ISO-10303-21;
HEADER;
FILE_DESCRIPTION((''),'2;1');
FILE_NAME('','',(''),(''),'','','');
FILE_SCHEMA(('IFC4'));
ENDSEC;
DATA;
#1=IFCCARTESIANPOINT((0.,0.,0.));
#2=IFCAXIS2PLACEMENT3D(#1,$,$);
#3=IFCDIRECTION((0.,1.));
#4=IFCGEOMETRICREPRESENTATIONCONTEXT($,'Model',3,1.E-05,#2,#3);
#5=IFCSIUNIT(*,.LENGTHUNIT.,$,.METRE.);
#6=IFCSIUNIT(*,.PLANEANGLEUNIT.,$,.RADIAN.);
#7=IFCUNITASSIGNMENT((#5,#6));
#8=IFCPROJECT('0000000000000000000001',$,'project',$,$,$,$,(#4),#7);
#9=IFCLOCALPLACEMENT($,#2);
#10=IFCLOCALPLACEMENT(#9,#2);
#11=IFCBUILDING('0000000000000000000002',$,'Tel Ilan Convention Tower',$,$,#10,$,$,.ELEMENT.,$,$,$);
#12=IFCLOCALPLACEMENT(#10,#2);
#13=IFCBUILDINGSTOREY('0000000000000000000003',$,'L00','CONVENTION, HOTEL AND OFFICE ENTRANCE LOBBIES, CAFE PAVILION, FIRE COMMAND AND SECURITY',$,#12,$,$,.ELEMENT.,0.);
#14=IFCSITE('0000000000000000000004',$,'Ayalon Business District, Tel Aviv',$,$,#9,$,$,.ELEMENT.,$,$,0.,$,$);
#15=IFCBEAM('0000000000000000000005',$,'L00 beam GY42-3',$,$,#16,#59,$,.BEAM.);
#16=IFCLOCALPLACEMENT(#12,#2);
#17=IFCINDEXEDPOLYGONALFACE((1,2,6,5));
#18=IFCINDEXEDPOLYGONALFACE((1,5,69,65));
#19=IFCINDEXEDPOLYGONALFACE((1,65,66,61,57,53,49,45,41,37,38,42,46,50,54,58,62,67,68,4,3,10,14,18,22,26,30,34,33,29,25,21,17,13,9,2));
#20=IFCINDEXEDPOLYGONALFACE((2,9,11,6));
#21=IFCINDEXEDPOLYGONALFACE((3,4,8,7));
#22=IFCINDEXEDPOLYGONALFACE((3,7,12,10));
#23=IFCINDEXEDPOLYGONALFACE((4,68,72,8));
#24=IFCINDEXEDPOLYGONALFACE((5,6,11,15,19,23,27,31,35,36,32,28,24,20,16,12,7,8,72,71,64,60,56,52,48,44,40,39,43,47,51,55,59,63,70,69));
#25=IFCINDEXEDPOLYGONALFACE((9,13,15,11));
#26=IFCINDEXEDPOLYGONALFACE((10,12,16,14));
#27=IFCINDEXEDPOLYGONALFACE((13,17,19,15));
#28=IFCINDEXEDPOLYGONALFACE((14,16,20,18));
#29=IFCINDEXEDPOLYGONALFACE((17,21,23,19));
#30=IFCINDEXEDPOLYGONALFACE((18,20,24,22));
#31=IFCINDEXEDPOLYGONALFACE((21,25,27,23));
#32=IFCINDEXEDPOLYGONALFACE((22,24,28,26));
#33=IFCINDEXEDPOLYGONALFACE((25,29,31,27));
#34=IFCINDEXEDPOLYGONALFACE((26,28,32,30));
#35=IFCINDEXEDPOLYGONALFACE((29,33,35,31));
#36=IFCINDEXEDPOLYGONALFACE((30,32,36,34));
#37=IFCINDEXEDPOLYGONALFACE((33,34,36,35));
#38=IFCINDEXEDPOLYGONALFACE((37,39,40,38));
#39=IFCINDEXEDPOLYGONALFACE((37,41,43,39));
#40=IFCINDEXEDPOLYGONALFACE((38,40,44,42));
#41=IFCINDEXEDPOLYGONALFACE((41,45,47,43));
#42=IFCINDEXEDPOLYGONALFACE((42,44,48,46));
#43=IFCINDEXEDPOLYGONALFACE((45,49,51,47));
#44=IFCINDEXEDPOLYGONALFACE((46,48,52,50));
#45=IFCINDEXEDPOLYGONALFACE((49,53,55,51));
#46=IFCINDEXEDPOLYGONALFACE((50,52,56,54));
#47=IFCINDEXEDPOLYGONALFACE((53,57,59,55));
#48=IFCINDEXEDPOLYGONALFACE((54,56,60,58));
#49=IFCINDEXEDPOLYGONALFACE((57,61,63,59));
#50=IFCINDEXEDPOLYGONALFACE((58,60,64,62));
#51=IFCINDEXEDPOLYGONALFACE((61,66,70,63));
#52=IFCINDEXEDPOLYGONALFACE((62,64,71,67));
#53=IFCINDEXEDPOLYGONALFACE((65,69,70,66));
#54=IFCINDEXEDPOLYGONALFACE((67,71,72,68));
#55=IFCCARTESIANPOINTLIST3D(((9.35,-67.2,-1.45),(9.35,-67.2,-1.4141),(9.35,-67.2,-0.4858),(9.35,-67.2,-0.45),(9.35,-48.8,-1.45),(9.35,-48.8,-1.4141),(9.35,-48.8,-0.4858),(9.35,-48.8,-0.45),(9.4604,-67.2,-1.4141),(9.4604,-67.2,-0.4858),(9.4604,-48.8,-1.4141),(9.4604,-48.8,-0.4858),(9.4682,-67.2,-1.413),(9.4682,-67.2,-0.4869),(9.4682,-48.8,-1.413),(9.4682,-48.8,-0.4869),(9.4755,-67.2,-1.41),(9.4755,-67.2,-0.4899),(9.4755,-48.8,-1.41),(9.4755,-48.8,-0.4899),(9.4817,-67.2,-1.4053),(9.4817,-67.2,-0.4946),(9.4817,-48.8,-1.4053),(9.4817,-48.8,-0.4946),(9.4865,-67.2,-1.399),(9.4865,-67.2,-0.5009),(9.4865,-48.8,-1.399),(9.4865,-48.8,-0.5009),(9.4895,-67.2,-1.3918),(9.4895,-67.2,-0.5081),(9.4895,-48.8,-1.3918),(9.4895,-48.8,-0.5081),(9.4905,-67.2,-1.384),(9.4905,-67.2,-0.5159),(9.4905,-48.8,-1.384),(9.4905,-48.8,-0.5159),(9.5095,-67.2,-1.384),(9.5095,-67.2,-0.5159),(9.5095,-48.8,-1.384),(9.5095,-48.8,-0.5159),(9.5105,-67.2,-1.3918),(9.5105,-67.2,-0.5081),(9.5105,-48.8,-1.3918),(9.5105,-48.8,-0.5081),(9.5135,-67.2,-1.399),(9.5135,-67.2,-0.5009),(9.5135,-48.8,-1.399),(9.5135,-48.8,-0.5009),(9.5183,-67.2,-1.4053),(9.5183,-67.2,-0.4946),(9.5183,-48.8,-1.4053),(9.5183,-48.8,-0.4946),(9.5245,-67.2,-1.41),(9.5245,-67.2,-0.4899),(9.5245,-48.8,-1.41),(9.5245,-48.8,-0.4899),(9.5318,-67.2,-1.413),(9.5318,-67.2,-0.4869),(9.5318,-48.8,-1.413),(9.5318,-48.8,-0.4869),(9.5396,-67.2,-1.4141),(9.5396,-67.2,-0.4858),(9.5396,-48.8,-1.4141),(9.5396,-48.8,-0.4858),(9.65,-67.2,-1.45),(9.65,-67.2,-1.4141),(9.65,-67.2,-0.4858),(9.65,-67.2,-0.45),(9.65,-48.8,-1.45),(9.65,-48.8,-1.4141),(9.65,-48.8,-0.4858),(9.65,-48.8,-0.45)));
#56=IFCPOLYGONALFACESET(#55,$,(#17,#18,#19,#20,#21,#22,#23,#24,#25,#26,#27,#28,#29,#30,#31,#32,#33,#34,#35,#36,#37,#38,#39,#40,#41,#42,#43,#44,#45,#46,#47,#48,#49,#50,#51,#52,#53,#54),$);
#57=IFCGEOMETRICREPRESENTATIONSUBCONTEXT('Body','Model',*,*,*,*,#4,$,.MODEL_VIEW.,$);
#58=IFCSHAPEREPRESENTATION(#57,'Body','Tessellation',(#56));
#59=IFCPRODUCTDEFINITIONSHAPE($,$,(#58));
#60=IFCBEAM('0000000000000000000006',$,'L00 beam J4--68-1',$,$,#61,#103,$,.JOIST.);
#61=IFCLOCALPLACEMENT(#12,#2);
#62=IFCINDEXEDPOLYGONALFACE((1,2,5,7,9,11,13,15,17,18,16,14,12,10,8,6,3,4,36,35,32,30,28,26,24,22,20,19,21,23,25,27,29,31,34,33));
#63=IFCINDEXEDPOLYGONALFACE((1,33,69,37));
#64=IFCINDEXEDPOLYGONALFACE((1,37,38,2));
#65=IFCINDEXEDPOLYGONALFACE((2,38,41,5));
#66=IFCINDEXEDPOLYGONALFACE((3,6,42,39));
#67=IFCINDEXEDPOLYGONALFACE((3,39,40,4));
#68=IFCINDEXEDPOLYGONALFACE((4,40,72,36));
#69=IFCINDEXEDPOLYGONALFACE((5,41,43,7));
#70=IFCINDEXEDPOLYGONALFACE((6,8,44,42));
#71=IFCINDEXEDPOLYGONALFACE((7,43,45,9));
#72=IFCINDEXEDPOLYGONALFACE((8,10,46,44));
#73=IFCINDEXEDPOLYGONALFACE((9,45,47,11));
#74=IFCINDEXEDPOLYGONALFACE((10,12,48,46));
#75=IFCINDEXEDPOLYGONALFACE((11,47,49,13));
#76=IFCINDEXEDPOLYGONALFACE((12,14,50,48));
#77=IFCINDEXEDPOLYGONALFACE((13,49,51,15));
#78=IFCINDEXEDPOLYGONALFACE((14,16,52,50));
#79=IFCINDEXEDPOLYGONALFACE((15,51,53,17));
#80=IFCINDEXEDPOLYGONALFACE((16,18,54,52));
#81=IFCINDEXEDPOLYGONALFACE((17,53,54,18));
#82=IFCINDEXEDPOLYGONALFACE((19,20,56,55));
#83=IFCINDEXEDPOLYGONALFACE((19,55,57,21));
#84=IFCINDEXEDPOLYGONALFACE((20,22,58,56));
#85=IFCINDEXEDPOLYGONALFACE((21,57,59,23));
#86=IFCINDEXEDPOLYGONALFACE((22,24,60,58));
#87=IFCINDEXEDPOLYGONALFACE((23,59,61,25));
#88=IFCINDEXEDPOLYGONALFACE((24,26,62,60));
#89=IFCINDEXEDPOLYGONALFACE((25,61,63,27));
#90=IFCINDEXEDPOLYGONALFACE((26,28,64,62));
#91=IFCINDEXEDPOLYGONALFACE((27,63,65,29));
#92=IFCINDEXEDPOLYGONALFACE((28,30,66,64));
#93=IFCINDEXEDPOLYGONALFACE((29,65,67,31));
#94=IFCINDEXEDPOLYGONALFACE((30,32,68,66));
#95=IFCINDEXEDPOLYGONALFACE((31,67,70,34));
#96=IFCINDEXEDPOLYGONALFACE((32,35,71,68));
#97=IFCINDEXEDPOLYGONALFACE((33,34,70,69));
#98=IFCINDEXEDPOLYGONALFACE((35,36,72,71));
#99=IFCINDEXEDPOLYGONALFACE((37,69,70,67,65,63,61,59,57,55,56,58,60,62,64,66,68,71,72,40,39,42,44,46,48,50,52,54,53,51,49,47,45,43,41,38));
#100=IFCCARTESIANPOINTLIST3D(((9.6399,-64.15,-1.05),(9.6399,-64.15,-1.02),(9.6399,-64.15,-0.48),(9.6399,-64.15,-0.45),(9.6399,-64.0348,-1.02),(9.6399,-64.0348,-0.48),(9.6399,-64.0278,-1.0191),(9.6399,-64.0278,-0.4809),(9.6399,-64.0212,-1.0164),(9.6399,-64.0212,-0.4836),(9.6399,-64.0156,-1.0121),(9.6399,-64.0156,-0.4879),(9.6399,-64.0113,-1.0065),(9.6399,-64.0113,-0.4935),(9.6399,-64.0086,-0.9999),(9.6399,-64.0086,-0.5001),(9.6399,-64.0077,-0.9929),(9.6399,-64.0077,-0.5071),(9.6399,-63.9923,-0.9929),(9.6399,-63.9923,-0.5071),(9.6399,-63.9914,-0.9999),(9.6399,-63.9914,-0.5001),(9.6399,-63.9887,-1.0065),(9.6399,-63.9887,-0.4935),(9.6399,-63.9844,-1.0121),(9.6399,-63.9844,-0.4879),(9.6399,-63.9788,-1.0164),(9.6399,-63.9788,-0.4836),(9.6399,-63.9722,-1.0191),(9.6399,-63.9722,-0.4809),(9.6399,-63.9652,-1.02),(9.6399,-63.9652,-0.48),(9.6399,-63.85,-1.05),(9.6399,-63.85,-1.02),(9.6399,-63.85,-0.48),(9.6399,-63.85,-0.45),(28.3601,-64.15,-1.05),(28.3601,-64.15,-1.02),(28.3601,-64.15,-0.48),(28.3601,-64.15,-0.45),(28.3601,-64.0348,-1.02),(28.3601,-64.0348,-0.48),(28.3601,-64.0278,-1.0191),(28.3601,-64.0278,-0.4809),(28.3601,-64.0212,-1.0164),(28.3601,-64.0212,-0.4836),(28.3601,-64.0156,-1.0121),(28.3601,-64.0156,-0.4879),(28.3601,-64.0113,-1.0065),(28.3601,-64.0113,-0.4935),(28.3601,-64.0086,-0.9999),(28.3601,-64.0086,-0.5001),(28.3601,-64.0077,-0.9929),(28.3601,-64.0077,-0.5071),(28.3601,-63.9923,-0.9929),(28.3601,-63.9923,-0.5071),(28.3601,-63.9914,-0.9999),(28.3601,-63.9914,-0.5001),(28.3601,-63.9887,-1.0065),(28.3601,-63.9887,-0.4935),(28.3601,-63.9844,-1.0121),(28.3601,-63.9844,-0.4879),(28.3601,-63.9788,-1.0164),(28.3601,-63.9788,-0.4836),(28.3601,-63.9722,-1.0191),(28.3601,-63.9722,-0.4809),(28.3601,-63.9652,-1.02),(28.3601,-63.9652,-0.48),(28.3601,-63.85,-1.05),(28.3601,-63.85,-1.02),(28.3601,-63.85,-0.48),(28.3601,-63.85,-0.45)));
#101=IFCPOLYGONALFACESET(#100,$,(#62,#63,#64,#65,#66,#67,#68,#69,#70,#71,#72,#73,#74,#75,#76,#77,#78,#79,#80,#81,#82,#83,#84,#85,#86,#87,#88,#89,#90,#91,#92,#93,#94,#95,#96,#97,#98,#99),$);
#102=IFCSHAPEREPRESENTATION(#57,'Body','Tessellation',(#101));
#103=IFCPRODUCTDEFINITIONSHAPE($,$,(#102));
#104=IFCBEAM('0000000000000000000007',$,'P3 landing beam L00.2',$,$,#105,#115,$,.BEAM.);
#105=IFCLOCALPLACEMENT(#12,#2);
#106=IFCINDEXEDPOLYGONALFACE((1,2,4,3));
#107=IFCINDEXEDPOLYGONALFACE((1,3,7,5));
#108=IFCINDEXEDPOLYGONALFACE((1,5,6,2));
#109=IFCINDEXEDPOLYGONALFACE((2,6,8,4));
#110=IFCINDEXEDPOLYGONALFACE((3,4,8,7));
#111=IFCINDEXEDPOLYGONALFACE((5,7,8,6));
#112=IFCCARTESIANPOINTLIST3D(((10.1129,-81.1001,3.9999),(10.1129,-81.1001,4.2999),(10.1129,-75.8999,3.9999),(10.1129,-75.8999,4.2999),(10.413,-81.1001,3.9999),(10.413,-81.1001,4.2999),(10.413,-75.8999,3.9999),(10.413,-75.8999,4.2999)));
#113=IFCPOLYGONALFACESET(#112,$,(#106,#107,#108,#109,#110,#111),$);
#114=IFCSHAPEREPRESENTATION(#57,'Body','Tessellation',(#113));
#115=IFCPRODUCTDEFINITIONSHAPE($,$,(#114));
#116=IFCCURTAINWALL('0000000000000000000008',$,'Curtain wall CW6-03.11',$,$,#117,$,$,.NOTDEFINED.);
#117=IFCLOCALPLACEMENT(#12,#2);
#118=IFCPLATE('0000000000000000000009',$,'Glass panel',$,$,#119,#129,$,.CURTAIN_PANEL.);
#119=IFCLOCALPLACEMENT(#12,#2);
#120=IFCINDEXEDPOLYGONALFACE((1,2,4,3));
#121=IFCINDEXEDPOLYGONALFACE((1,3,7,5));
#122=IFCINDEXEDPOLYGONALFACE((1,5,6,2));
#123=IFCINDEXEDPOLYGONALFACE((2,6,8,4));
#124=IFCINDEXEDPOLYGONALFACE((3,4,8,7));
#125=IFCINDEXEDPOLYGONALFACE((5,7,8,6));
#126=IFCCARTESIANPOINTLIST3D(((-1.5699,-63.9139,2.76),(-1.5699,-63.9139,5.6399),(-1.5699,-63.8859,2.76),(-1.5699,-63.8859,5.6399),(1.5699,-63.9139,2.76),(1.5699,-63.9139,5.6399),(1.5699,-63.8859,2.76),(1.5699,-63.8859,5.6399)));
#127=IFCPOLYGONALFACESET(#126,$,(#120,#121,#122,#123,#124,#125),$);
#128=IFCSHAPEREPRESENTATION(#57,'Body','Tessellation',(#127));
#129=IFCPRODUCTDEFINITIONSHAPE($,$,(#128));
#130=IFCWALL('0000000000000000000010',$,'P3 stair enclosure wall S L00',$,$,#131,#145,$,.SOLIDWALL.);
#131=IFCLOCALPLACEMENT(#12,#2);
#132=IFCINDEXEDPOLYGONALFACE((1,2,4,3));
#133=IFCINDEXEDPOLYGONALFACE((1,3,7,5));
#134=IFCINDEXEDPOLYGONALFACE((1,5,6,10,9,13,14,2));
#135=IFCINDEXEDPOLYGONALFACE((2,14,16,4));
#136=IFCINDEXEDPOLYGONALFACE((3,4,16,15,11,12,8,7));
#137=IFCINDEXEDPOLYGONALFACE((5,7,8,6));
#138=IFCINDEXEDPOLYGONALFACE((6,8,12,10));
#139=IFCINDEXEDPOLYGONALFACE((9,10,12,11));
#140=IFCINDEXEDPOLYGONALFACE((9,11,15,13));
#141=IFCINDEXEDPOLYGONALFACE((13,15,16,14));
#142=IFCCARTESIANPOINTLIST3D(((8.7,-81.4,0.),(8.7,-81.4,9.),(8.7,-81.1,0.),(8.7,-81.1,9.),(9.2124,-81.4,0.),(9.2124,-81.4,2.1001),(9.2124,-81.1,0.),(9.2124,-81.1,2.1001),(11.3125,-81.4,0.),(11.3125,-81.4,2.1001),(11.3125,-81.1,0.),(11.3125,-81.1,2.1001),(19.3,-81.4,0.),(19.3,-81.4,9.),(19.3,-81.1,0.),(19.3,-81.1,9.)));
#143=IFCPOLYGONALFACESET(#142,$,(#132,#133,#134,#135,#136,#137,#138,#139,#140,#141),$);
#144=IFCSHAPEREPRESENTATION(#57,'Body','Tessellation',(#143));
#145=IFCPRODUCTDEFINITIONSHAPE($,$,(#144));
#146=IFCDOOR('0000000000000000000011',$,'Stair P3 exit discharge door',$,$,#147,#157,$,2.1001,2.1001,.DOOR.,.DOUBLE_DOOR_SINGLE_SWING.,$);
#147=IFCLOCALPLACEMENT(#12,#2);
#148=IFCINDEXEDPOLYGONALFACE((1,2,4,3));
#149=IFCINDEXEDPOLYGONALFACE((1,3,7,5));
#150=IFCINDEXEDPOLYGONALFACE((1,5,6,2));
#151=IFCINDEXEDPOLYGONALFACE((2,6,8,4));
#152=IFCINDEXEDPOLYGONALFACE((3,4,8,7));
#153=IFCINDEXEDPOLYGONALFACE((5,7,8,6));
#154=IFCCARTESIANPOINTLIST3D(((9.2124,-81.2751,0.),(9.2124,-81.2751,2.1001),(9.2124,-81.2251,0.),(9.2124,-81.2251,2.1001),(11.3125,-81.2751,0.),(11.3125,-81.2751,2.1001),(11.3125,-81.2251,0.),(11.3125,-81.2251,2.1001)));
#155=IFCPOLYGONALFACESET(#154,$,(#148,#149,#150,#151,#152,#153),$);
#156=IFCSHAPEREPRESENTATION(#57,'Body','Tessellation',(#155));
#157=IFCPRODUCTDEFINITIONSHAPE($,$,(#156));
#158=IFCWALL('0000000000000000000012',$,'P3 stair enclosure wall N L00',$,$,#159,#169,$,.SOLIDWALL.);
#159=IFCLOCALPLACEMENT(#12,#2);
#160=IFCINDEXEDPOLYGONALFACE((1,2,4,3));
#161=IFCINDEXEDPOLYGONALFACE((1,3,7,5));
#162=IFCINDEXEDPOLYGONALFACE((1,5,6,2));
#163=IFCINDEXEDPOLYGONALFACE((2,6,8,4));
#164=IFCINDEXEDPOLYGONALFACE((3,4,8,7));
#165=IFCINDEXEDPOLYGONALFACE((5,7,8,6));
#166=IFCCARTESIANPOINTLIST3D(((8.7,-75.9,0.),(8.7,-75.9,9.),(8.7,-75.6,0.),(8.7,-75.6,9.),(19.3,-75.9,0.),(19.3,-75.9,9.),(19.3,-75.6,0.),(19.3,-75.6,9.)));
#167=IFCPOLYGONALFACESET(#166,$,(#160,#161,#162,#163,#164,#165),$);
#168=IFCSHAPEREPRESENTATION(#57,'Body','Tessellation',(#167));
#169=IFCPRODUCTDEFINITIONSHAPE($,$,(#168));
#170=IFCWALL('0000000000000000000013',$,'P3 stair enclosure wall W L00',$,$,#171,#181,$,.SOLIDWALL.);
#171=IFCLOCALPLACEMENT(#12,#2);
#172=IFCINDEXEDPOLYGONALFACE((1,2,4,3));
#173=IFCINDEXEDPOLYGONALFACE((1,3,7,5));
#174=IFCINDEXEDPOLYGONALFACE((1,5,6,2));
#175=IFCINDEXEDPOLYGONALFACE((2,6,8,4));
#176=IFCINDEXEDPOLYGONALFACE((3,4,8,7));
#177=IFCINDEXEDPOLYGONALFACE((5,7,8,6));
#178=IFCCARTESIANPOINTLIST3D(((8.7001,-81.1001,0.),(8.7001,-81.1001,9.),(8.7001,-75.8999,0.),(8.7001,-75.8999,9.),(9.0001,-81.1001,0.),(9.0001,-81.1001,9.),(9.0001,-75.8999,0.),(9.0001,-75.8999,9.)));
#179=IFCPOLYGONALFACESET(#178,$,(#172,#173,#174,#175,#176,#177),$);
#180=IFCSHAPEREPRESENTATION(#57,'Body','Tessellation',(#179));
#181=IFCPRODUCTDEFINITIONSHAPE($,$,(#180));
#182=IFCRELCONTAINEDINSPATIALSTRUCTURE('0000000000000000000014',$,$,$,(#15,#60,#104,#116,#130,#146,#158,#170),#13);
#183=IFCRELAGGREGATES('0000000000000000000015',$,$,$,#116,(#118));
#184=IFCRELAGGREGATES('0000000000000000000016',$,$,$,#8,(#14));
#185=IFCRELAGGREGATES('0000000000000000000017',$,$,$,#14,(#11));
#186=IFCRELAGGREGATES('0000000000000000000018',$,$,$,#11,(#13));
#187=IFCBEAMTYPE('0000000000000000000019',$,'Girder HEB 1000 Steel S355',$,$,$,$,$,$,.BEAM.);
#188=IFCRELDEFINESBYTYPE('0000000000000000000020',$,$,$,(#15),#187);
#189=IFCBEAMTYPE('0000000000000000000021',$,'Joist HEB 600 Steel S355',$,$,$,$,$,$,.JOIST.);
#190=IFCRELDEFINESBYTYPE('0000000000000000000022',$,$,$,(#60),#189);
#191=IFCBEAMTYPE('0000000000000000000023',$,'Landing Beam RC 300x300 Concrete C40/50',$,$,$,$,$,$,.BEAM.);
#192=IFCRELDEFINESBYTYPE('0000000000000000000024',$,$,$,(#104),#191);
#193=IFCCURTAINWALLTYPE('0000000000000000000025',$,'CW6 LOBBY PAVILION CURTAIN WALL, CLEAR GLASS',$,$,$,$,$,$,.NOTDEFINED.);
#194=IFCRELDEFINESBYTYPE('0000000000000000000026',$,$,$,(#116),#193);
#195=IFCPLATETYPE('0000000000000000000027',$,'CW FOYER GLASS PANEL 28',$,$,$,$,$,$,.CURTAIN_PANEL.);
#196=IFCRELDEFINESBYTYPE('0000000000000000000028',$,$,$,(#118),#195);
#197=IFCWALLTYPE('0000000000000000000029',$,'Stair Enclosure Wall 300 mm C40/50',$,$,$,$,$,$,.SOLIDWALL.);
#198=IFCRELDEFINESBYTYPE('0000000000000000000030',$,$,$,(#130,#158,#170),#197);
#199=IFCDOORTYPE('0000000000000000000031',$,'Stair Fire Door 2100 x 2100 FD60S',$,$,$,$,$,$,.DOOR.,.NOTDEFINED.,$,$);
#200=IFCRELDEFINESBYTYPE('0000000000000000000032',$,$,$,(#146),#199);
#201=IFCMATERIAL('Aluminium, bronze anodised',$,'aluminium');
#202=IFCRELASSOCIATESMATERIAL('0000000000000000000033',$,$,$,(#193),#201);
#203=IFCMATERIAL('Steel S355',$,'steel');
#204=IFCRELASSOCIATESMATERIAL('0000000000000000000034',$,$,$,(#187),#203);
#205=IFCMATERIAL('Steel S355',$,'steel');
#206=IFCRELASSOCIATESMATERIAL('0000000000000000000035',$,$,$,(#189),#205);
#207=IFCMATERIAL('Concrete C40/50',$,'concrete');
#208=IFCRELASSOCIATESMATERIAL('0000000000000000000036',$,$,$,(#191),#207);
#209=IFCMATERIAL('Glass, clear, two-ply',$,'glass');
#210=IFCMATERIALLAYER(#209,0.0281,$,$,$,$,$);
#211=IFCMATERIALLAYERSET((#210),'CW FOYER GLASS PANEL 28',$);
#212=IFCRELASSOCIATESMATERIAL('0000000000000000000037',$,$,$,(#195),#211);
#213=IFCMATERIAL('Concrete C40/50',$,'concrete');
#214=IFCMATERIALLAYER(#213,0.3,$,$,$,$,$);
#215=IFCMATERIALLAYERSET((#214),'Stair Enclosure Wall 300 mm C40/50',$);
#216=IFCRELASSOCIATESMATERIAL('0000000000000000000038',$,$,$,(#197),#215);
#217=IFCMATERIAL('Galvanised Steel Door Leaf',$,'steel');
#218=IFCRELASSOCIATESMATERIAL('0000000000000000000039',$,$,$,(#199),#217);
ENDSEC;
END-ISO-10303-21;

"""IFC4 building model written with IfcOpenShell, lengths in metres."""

from ifc_helpers import new_model, si_unit, direction, frame, frame_2d, origin, origin_2d, place, context, subcontext, project, spatial, rectangle, i_section, extrude, material, layer, layer_set, material_profile, profile_set, type_object, element, fill, aggregate, save


model = new_model("IFC4")

# Units and contexts
model_context = context("Model", 3, precision=1e-05, world=origin(), true_north=direction((0.0, 1.0)))
body_context = subcontext(model_context, "Body", "Model", "MODEL_VIEW")
ifc_project = project(units=[si_unit("LENGTHUNIT", "METRE"), si_unit("PLANEANGLEUNIT", "RADIAN")], contexts=[model_context])

# Site, building, storey
site_placement = place(None, origin())
site = spatial("IfcSite", under=ifc_project, at=site_placement, Name="Ayalon Business District, Tel Aviv", CompositionType="ELEMENT", RefElevation=0.0)
building_placement = place(site_placement, origin())
building = spatial("IfcBuilding", under=site, at=building_placement, Name="Tel Ilan Convention Tower", CompositionType="ELEMENT")
storey_placement = place(building_placement, origin())
storey = spatial("IfcBuildingStorey", under=building, at=storey_placement, Name="L00", Description="CONVENTION, HOTEL AND OFFICE ENTRANCE LOBBIES, CAFE PAVILION, FIRE COMMAND AND SECURITY", CompositionType="ELEMENT", Elevation=0.0)

# Shared definitions
ifc_material_1 = material(Name="Aluminium, bronze anodised", Category="aluminium")
curtain_wall_type = type_object("IfcCurtainWallType", Name="CW6 LOBBY PAVILION CURTAIN WALL, CLEAR GLASS", PredefinedType="NOTDEFINED", material=ifc_material_1)

# Beams
ifc_material_2 = material(Name="Steel S355", Category="steel")
ifc_material_profile_1 = material_profile(ifc_material_2, i_section(OverallWidth=0.3, OverallDepth=1.0, WebThickness=0.019, FlangeThickness=0.0359, FilletRadius=0.03, at=origin_2d()), Name="HEB 1000")
ifc_profile_set_1 = profile_set([ifc_material_profile_1], Name="Steel S355")
beam_type_1 = type_object("IfcBeamType", Name="Girder HEB 1000 Steel S355", PredefinedType="BEAM", material=ifc_profile_set_1)
beam_1_placement = place(storey_placement, frame((9.5, -67.2, -0.95), z_axis=(0.0, 1.0, 0.0), x_axis=(-1.0, 0.0, 0.0)))
element("IfcBeam", 1, at=beam_1_placement, inside=storey, type_object=beam_type_1, Name="L00 beam GY42-3", PredefinedType="BEAM", context=body_context, shape_type="SweptSolid", body=[
    extrude(i_section(OverallWidth=0.3, OverallDepth=1.0, WebThickness=0.019, FlangeThickness=0.0359, FilletRadius=0.03, at=origin_2d()), origin(), (0.0, 0.0, 1.0), 18.3999),
])
ifc_material_3 = material(Name="Steel S355", Category="steel")
ifc_material_profile_2 = material_profile(ifc_material_3, i_section(OverallWidth=0.3, OverallDepth=0.6001, WebThickness=0.0154, FlangeThickness=0.03, FilletRadius=0.0271, at=origin_2d()), Name="HEB 600")
ifc_profile_set_2 = profile_set([ifc_material_profile_2], Name="Steel S355")
beam_type_2 = type_object("IfcBeamType", Name="Joist HEB 600 Steel S355", PredefinedType="JOIST", material=ifc_profile_set_2)
beam_2_placement = place(storey_placement, frame((9.6399, -64.0, -0.75), z_axis=(1.0, 0.0, 0.0), x_axis=(0.0, 1.0, 0.0)))
element("IfcBeam", 2, at=beam_2_placement, inside=storey, type_object=beam_type_2, Name="L00 beam J4--68-1", PredefinedType="JOIST", context=body_context, shape_type="SweptSolid", body=[
    extrude(i_section(OverallWidth=0.3, OverallDepth=0.6001, WebThickness=0.0154, FlangeThickness=0.03, FilletRadius=0.0271, at=origin_2d()), origin(), (0.0, 0.0, 1.0), 18.7202),
])
ifc_material_4 = material(Name="Concrete C40/50", Category="concrete")
ifc_material_profile_3 = material_profile(ifc_material_4, rectangle(XDim=0.3, YDim=0.3, at=origin_2d()), Name="RC 300x300")
ifc_profile_set_3 = profile_set([ifc_material_profile_3], Name="Concrete C40/50")
beam_type_3 = type_object("IfcBeamType", Name="Landing Beam RC 300x300 Concrete C40/50", PredefinedType="BEAM", material=ifc_profile_set_3)
beam_3_placement = place(storey_placement, frame((10.2629, -81.1001, 4.1499), z_axis=(0.0, 1.0, 0.0), x_axis=(-1.0, 0.0, 0.0)))
element("IfcBeam", 3, at=beam_3_placement, inside=storey, type_object=beam_type_3, Name="P3 landing beam L00.2", PredefinedType="BEAM", context=body_context, shape_type="SweptSolid", body=[
    extrude(rectangle(XDim=0.3, YDim=0.3, at=origin_2d()), origin(), (0.0, 0.0, 1.0), 5.2002),
])

# Curtain wall, plate
curtain_wall_1_placement = place(storey_placement, origin())
curtain_wall_1 = element("IfcCurtainWall", 4, at=curtain_wall_1_placement, inside=storey, type_object=curtain_wall_type, Name="Curtain wall CW6-03.11", PredefinedType="NOTDEFINED")
ifc_material_5 = material(Name="Glass, clear, two-ply", Category="glass")
ifc_layer_1 = layer(ifc_material_5, 0.0281)
ifc_layer_set_1 = layer_set([ifc_layer_1], Name="CW FOYER GLASS PANEL 28")
plate_type = type_object("IfcPlateType", Name="CW FOYER GLASS PANEL 28", PredefinedType="CURTAIN_PANEL", material=ifc_layer_set_1)
plate_placement = place(storey_placement, frame((0.0, -63.8999, 2.76), z_axis=(0.0, 0.0, 1.0), x_axis=(1.0, 0.0, 0.0)))
plate = element("IfcPlate", 5, at=plate_placement, type_object=plate_type, Name="Glass panel", PredefinedType="CURTAIN_PANEL", context=body_context, shape_type="SweptSolid", body=[
    extrude(rectangle(XDim=3.1399, YDim=0.0281, at=origin_2d()), origin(), (0.0, 0.0, 1.0), 2.8799),
])
aggregate(curtain_wall_1, [plate])

# Wall, opening, door
ifc_material_6 = material(Name="Concrete C40/50", Category="concrete")
ifc_layer_2 = layer(ifc_material_6, 0.3)
ifc_layer_set_2 = layer_set([ifc_layer_2], Name="Stair Enclosure Wall 300 mm C40/50")
wall_type = type_object("IfcWallType", Name="Stair Enclosure Wall 300 mm C40/50", PredefinedType="SOLIDWALL", material=ifc_layer_set_2)
wall_1_placement = place(storey_placement, frame((8.7, -81.25, 0.0), z_axis=(0.0, 0.0, 1.0), x_axis=(1.0, 0.0, 0.0)))
wall_1 = element("IfcWall", 6, at=wall_1_placement, inside=storey, type_object=wall_type, Name="P3 stair enclosure wall S L00", PredefinedType="SOLIDWALL", context=body_context, shape_type="SweptSolid", body=[
    extrude(rectangle(XDim=10.6001, YDim=0.3, at=frame_2d((5.3, 0.0))), origin(), (0.0, 0.0, 1.0), 9.0),
])
opening_placement = place(wall_1_placement, frame((0.5125, 0.0, 0.0)))
opening = element("IfcOpeningElement", 7, at=opening_placement, cuts=wall_1, PredefinedType="OPENING", context=body_context, shape_type="SweptSolid", body=[
    extrude(rectangle(XDim=2.1001, YDim=2.1001, at=frame_2d((1.05, 1.05))), frame((0.0, 0.1599, 0.0), z_axis=(0.0, -1.0, 0.0), x_axis=(1.0, 0.0, 0.0)), (0.0, 0.0, 1.0), 0.3201),
])
ifc_material_7 = material(Name="Galvanised Steel Door Leaf", Category="steel")
door_type = type_object("IfcDoorType", Name="Stair Fire Door 2100 x 2100 FD60S", OperationType="NOTDEFINED", PredefinedType="DOOR", material=ifc_material_7)
door_placement = place(opening_placement, origin())
door = element("IfcDoor", 8, at=door_placement, inside=storey, type_object=door_type, Name="Stair P3 exit discharge door", OperationType="DOUBLE_DOOR_SINGLE_SWING", OverallHeight=2.1001, OverallWidth=2.1001, PredefinedType="DOOR", context=body_context, shape_type="SweptSolid", body=[
    extrude(rectangle(XDim=2.1001, YDim=2.1001, at=frame_2d((1.05, 1.05))), frame((0.0, 0.0249, 0.0), z_axis=(0.0, -1.0, 0.0), x_axis=(1.0, 0.0, 0.0)), (0.0, 0.0, 1.0), 0.05),
])
fill(opening, door)

# Walls
wall_2_placement = place(storey_placement, frame((8.7, -75.75, 0.0), z_axis=(0.0, 0.0, 1.0), x_axis=(1.0, 0.0, 0.0)))
element("IfcWall", 9, at=wall_2_placement, inside=storey, type_object=wall_type, Name="P3 stair enclosure wall N L00", PredefinedType="SOLIDWALL", context=body_context, shape_type="SweptSolid", body=[
    extrude(rectangle(XDim=10.6001, YDim=0.3, at=frame_2d((5.3, 0.0))), origin(), (0.0, 0.0, 1.0), 9.0),
])
wall_3_placement = place(storey_placement, frame((8.8501, -81.1001, 0.0), z_axis=(0.0, 0.0, 1.0), x_axis=(0.0, 1.0, 0.0)))
element("IfcWall", 10, at=wall_3_placement, inside=storey, type_object=wall_type, Name="P3 stair enclosure wall W L00", PredefinedType="SOLIDWALL", context=body_context, shape_type="SweptSolid", body=[
    extrude(rectangle(XDim=5.2002, YDim=0.3, at=frame_2d((2.6001, 0.0))), origin(), (0.0, 0.0, 1.0), 9.0),
])

save(model, "model.ifc")
